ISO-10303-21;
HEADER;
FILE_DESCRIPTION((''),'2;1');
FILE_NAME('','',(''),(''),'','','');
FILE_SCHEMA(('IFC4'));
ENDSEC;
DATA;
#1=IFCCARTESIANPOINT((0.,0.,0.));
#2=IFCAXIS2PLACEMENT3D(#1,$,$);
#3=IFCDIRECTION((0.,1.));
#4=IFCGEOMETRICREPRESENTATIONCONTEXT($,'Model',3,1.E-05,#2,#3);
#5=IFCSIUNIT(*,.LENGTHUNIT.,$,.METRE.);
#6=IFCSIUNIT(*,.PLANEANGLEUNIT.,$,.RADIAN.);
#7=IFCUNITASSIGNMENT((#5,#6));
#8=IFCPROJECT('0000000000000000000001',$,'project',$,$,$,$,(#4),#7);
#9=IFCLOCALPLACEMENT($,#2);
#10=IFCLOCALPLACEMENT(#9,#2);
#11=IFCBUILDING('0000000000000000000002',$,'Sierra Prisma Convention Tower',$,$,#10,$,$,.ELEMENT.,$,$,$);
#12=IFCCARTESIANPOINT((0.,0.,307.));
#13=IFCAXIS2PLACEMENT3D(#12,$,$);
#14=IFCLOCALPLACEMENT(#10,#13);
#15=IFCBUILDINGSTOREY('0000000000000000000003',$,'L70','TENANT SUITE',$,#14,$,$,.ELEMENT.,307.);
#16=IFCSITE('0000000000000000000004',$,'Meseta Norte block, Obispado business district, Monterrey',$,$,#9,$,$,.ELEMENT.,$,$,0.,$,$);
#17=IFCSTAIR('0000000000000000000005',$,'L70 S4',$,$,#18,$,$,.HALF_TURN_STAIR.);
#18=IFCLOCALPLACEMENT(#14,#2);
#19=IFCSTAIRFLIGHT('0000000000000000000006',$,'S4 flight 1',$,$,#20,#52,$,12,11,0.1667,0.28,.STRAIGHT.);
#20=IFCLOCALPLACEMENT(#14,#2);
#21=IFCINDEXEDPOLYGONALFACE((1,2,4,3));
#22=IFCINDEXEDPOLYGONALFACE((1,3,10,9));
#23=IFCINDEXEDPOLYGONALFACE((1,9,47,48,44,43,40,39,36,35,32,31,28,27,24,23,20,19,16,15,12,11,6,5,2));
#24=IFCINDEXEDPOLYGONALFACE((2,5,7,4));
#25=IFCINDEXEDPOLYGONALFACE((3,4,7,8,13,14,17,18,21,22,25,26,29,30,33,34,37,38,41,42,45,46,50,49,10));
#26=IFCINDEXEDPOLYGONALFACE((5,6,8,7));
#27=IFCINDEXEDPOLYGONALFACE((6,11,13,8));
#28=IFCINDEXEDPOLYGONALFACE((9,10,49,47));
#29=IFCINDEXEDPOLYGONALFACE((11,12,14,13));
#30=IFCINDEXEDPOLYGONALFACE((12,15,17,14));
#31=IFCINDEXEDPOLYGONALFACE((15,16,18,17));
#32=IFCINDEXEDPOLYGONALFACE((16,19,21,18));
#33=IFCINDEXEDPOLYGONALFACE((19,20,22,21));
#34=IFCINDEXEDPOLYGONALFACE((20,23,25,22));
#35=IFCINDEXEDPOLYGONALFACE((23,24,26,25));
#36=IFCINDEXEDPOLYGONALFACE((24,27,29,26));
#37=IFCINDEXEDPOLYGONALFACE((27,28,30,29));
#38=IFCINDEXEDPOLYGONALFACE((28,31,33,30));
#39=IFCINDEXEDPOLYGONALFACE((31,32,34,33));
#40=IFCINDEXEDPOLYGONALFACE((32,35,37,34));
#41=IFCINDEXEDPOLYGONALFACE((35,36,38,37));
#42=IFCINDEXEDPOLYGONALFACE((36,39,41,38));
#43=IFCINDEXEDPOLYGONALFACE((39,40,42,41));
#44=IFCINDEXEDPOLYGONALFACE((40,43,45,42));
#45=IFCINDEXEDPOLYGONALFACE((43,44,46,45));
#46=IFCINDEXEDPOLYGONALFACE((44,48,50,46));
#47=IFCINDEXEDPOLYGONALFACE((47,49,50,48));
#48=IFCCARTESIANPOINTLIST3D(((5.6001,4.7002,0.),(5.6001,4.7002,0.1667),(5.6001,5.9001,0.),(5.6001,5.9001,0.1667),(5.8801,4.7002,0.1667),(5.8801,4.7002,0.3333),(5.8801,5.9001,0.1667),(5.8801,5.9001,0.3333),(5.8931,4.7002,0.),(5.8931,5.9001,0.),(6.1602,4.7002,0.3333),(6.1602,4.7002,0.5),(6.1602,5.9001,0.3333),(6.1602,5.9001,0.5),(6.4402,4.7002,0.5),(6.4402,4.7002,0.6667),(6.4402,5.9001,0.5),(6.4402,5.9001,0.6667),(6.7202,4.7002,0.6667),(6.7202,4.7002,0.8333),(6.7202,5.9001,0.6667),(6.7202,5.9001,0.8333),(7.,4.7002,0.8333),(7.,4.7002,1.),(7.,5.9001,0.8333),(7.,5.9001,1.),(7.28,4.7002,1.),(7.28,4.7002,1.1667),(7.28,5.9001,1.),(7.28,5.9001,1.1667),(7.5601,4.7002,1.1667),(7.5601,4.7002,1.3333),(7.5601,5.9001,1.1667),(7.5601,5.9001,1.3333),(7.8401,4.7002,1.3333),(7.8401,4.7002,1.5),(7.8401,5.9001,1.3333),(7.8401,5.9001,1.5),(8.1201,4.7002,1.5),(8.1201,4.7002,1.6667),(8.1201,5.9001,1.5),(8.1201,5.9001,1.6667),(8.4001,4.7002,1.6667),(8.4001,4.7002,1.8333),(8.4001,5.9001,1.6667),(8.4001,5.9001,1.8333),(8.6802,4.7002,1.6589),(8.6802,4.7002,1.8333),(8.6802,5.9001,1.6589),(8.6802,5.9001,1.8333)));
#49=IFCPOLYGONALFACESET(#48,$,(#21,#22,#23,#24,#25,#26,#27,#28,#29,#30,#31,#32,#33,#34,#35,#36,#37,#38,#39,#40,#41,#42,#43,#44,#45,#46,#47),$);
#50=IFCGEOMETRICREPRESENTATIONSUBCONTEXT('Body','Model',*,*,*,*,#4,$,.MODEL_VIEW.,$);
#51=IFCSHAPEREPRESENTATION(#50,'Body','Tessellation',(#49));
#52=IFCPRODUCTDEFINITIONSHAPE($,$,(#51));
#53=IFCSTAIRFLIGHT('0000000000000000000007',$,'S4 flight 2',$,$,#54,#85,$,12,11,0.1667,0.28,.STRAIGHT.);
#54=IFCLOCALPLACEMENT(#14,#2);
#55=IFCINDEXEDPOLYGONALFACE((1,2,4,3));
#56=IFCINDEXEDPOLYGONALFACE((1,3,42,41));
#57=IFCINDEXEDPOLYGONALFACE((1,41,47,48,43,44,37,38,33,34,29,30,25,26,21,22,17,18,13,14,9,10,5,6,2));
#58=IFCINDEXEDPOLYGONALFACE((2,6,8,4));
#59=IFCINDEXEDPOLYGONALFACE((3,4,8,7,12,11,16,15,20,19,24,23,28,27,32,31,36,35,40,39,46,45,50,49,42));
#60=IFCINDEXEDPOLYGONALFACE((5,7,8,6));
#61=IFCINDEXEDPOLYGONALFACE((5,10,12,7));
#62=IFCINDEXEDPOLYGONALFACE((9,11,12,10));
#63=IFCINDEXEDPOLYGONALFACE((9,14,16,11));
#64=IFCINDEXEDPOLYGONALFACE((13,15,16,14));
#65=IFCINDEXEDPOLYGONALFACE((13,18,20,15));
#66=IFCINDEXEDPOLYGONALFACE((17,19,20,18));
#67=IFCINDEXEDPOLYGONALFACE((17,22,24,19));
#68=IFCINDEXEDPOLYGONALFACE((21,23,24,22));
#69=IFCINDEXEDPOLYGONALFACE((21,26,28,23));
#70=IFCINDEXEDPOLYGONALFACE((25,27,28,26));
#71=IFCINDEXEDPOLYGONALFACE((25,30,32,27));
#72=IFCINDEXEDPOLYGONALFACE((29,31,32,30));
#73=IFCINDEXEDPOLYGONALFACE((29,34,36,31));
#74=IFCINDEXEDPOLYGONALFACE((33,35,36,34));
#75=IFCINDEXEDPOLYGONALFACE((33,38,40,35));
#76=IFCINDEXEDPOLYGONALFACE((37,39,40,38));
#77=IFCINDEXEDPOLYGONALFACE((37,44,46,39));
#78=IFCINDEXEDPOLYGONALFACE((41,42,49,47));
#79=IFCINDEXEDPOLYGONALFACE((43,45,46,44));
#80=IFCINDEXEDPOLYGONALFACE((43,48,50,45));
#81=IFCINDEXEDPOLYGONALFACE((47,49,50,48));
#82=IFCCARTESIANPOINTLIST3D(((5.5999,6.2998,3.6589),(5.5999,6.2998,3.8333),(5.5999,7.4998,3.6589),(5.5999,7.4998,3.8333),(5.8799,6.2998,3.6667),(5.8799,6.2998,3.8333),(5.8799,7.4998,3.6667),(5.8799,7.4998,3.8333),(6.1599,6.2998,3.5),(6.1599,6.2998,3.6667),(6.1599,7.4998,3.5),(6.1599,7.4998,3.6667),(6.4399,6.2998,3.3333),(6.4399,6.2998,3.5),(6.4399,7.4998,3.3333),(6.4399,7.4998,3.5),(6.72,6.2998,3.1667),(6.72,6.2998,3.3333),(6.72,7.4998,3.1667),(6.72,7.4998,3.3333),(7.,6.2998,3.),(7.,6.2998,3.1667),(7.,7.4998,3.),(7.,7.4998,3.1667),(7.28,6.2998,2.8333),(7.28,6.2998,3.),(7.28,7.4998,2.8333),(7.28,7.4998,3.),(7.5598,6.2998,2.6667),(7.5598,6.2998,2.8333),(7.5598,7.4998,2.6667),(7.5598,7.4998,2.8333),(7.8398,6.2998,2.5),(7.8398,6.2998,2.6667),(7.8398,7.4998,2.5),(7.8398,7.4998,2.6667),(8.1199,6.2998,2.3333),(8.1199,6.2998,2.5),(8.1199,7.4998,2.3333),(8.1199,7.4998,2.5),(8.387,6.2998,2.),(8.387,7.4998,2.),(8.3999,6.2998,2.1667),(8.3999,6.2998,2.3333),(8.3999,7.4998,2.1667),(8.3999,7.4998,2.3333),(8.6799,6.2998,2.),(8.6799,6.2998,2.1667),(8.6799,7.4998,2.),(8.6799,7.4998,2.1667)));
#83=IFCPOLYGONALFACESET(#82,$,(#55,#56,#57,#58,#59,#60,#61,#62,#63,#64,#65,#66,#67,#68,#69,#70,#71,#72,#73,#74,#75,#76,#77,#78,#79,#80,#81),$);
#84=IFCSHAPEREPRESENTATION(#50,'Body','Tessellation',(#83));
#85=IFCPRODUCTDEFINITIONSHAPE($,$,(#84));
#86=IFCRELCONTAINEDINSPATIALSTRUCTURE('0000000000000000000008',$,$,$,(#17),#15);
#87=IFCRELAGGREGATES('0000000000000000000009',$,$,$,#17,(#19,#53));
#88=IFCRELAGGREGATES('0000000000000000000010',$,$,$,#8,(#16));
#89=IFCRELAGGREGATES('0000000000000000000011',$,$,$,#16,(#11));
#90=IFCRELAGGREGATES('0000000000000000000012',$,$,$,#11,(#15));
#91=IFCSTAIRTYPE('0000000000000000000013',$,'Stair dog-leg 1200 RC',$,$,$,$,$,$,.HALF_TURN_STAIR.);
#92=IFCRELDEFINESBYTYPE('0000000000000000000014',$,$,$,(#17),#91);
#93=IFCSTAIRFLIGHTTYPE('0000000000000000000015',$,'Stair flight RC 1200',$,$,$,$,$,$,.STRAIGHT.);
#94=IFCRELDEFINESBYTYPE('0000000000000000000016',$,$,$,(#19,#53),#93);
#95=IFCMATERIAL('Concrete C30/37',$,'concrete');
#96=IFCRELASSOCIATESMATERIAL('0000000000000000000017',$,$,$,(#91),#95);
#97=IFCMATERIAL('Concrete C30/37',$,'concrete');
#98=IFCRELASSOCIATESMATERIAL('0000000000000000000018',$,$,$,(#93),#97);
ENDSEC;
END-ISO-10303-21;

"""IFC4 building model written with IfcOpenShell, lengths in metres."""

from ifc_helpers import new_model, si_unit, direction, frame, origin, place, context, subcontext, project, spatial, polyline, outline, extrude, material, type_object, element, aggregate, save


model = new_model("IFC4")

# Units and contexts
model_context = context("Model", 3, precision=1e-05, world=origin(), true_north=direction((0.0, 1.0)))
body_context = subcontext(model_context, "Body", "Model", "MODEL_VIEW")
ifc_project = project(units=[si_unit("LENGTHUNIT", "METRE"), si_unit("PLANEANGLEUNIT", "RADIAN")], contexts=[model_context])

# Site, building, storey
site_placement = place(None, origin())
site = spatial("IfcSite", under=ifc_project, at=site_placement, Name="Meseta Norte block, Obispado business district, Monterrey", CompositionType="ELEMENT", RefElevation=0.0)
building_placement = place(site_placement, origin())
building = spatial("IfcBuilding", under=site, at=building_placement, Name="Sierra Prisma Convention Tower", CompositionType="ELEMENT")
storey_placement = place(building_placement, frame((0.0, 0.0, 307.0)))
storey = spatial("IfcBuildingStorey", under=building, at=storey_placement, Name="L70", Description="TENANT SUITE", CompositionType="ELEMENT", Elevation=307.0)

# Shared definitions
ifc_material_1 = material(Name="Concrete C30/37", Category="concrete")
stair_type = type_object("IfcStairType", Name="Stair dog-leg 1200 RC", PredefinedType="HALF_TURN_STAIR", material=ifc_material_1)

# Stair
stair_1_placement = place(storey_placement, origin())
stair_1 = element("IfcStair", 1, at=stair_1_placement, inside=storey, type_object=stair_type, Name="L70 S4", PredefinedType="HALF_TURN_STAIR")

# Stair flights
ifc_material_2 = material(Name="Concrete C30/37", Category="concrete")
stair_flight_type = type_object("IfcStairFlightType", Name="Stair flight RC 1200", PredefinedType="STRAIGHT", material=ifc_material_2)
stair_flight_1_placement = place(storey_placement, frame((5.6001, 5.3, 0.0), z_axis=(0.0, 0.0, 1.0), x_axis=(1.0, 0.0, 0.0)))
stair_flight_1 = element("IfcStairFlight", 2, at=stair_flight_1_placement, type_object=stair_flight_type, Name="S4 flight 1", NumberOfRisers=12, NumberOfTreads=11, PredefinedType="STRAIGHT", RiserHeight=0.1667, TreadLength=0.28, context=body_context, shape_type="SweptSolid", body=[
    extrude(outline(polyline([(0.0, 0.0), (0.0, 0.1667), (0.28, 0.1667), (0.28, 0.3333), (0.5601, 0.3333), (0.5601, 0.5), (0.8401, 0.5), (0.8401, 0.6667), (1.1201, 0.6667), (1.1201, 0.8333), (1.3999, 0.8333), (1.3999, 1.0), (1.6799, 1.0), (1.6799, 1.1667), (1.96, 1.1667), (1.96, 1.3333), (2.24, 1.3333), (2.24, 1.5), (2.52, 1.5), (2.52, 1.6667), (2.8, 1.6667), (2.8, 1.8333), (3.0801, 1.8333), (3.0801, 2.0), (3.0801, 1.6589), (0.293, 0.0), (0.0, 0.0)])), frame((0.0, 0.6001, 0.0), z_axis=(0.0, -1.0, 0.0), x_axis=(1.0, 0.0, 0.0)), (0.0, 0.0, 1.0), 1.2),
])
stair_flight_2_placement = place(storey_placement, frame((8.6799, 6.8999, 2.0), z_axis=(0.0, 0.0, 1.0), x_axis=(-1.0, 0.0, 0.0)))
stair_flight_2 = element("IfcStairFlight", 3, at=stair_flight_2_placement, type_object=stair_flight_type, Name="S4 flight 2", NumberOfRisers=12, NumberOfTreads=11, PredefinedType="STRAIGHT", RiserHeight=0.1667, TreadLength=0.28, context=body_context, shape_type="SweptSolid", body=[
    extrude(outline(polyline([(0.0, 0.0), (0.0, 0.1667), (0.28, 0.1667), (0.28, 0.3333), (0.5601, 0.3333), (0.5601, 0.5), (0.8401, 0.5), (0.8401, 0.6667), (1.1201, 0.6667), (1.1201, 0.8333), (1.3999, 0.8333), (1.3999, 1.0), (1.6799, 1.0), (1.6799, 1.1667), (1.96, 1.1667), (1.96, 1.3333), (2.24, 1.3333), (2.24, 1.5), (2.52, 1.5), (2.52, 1.6667), (2.8, 1.6667), (2.8, 1.8333), (3.0801, 1.8333), (3.0801, 2.0), (3.0801, 1.6589), (0.293, 0.0), (0.0, 0.0)])), frame((0.0, 0.6001, 0.0), z_axis=(0.0, -1.0, 0.0), x_axis=(1.0, 0.0, 0.0)), (0.0, 0.0, 1.0), 1.2),
])
aggregate(stair_1, [stair_flight_1, stair_flight_2])

save(model, "model.ifc")
